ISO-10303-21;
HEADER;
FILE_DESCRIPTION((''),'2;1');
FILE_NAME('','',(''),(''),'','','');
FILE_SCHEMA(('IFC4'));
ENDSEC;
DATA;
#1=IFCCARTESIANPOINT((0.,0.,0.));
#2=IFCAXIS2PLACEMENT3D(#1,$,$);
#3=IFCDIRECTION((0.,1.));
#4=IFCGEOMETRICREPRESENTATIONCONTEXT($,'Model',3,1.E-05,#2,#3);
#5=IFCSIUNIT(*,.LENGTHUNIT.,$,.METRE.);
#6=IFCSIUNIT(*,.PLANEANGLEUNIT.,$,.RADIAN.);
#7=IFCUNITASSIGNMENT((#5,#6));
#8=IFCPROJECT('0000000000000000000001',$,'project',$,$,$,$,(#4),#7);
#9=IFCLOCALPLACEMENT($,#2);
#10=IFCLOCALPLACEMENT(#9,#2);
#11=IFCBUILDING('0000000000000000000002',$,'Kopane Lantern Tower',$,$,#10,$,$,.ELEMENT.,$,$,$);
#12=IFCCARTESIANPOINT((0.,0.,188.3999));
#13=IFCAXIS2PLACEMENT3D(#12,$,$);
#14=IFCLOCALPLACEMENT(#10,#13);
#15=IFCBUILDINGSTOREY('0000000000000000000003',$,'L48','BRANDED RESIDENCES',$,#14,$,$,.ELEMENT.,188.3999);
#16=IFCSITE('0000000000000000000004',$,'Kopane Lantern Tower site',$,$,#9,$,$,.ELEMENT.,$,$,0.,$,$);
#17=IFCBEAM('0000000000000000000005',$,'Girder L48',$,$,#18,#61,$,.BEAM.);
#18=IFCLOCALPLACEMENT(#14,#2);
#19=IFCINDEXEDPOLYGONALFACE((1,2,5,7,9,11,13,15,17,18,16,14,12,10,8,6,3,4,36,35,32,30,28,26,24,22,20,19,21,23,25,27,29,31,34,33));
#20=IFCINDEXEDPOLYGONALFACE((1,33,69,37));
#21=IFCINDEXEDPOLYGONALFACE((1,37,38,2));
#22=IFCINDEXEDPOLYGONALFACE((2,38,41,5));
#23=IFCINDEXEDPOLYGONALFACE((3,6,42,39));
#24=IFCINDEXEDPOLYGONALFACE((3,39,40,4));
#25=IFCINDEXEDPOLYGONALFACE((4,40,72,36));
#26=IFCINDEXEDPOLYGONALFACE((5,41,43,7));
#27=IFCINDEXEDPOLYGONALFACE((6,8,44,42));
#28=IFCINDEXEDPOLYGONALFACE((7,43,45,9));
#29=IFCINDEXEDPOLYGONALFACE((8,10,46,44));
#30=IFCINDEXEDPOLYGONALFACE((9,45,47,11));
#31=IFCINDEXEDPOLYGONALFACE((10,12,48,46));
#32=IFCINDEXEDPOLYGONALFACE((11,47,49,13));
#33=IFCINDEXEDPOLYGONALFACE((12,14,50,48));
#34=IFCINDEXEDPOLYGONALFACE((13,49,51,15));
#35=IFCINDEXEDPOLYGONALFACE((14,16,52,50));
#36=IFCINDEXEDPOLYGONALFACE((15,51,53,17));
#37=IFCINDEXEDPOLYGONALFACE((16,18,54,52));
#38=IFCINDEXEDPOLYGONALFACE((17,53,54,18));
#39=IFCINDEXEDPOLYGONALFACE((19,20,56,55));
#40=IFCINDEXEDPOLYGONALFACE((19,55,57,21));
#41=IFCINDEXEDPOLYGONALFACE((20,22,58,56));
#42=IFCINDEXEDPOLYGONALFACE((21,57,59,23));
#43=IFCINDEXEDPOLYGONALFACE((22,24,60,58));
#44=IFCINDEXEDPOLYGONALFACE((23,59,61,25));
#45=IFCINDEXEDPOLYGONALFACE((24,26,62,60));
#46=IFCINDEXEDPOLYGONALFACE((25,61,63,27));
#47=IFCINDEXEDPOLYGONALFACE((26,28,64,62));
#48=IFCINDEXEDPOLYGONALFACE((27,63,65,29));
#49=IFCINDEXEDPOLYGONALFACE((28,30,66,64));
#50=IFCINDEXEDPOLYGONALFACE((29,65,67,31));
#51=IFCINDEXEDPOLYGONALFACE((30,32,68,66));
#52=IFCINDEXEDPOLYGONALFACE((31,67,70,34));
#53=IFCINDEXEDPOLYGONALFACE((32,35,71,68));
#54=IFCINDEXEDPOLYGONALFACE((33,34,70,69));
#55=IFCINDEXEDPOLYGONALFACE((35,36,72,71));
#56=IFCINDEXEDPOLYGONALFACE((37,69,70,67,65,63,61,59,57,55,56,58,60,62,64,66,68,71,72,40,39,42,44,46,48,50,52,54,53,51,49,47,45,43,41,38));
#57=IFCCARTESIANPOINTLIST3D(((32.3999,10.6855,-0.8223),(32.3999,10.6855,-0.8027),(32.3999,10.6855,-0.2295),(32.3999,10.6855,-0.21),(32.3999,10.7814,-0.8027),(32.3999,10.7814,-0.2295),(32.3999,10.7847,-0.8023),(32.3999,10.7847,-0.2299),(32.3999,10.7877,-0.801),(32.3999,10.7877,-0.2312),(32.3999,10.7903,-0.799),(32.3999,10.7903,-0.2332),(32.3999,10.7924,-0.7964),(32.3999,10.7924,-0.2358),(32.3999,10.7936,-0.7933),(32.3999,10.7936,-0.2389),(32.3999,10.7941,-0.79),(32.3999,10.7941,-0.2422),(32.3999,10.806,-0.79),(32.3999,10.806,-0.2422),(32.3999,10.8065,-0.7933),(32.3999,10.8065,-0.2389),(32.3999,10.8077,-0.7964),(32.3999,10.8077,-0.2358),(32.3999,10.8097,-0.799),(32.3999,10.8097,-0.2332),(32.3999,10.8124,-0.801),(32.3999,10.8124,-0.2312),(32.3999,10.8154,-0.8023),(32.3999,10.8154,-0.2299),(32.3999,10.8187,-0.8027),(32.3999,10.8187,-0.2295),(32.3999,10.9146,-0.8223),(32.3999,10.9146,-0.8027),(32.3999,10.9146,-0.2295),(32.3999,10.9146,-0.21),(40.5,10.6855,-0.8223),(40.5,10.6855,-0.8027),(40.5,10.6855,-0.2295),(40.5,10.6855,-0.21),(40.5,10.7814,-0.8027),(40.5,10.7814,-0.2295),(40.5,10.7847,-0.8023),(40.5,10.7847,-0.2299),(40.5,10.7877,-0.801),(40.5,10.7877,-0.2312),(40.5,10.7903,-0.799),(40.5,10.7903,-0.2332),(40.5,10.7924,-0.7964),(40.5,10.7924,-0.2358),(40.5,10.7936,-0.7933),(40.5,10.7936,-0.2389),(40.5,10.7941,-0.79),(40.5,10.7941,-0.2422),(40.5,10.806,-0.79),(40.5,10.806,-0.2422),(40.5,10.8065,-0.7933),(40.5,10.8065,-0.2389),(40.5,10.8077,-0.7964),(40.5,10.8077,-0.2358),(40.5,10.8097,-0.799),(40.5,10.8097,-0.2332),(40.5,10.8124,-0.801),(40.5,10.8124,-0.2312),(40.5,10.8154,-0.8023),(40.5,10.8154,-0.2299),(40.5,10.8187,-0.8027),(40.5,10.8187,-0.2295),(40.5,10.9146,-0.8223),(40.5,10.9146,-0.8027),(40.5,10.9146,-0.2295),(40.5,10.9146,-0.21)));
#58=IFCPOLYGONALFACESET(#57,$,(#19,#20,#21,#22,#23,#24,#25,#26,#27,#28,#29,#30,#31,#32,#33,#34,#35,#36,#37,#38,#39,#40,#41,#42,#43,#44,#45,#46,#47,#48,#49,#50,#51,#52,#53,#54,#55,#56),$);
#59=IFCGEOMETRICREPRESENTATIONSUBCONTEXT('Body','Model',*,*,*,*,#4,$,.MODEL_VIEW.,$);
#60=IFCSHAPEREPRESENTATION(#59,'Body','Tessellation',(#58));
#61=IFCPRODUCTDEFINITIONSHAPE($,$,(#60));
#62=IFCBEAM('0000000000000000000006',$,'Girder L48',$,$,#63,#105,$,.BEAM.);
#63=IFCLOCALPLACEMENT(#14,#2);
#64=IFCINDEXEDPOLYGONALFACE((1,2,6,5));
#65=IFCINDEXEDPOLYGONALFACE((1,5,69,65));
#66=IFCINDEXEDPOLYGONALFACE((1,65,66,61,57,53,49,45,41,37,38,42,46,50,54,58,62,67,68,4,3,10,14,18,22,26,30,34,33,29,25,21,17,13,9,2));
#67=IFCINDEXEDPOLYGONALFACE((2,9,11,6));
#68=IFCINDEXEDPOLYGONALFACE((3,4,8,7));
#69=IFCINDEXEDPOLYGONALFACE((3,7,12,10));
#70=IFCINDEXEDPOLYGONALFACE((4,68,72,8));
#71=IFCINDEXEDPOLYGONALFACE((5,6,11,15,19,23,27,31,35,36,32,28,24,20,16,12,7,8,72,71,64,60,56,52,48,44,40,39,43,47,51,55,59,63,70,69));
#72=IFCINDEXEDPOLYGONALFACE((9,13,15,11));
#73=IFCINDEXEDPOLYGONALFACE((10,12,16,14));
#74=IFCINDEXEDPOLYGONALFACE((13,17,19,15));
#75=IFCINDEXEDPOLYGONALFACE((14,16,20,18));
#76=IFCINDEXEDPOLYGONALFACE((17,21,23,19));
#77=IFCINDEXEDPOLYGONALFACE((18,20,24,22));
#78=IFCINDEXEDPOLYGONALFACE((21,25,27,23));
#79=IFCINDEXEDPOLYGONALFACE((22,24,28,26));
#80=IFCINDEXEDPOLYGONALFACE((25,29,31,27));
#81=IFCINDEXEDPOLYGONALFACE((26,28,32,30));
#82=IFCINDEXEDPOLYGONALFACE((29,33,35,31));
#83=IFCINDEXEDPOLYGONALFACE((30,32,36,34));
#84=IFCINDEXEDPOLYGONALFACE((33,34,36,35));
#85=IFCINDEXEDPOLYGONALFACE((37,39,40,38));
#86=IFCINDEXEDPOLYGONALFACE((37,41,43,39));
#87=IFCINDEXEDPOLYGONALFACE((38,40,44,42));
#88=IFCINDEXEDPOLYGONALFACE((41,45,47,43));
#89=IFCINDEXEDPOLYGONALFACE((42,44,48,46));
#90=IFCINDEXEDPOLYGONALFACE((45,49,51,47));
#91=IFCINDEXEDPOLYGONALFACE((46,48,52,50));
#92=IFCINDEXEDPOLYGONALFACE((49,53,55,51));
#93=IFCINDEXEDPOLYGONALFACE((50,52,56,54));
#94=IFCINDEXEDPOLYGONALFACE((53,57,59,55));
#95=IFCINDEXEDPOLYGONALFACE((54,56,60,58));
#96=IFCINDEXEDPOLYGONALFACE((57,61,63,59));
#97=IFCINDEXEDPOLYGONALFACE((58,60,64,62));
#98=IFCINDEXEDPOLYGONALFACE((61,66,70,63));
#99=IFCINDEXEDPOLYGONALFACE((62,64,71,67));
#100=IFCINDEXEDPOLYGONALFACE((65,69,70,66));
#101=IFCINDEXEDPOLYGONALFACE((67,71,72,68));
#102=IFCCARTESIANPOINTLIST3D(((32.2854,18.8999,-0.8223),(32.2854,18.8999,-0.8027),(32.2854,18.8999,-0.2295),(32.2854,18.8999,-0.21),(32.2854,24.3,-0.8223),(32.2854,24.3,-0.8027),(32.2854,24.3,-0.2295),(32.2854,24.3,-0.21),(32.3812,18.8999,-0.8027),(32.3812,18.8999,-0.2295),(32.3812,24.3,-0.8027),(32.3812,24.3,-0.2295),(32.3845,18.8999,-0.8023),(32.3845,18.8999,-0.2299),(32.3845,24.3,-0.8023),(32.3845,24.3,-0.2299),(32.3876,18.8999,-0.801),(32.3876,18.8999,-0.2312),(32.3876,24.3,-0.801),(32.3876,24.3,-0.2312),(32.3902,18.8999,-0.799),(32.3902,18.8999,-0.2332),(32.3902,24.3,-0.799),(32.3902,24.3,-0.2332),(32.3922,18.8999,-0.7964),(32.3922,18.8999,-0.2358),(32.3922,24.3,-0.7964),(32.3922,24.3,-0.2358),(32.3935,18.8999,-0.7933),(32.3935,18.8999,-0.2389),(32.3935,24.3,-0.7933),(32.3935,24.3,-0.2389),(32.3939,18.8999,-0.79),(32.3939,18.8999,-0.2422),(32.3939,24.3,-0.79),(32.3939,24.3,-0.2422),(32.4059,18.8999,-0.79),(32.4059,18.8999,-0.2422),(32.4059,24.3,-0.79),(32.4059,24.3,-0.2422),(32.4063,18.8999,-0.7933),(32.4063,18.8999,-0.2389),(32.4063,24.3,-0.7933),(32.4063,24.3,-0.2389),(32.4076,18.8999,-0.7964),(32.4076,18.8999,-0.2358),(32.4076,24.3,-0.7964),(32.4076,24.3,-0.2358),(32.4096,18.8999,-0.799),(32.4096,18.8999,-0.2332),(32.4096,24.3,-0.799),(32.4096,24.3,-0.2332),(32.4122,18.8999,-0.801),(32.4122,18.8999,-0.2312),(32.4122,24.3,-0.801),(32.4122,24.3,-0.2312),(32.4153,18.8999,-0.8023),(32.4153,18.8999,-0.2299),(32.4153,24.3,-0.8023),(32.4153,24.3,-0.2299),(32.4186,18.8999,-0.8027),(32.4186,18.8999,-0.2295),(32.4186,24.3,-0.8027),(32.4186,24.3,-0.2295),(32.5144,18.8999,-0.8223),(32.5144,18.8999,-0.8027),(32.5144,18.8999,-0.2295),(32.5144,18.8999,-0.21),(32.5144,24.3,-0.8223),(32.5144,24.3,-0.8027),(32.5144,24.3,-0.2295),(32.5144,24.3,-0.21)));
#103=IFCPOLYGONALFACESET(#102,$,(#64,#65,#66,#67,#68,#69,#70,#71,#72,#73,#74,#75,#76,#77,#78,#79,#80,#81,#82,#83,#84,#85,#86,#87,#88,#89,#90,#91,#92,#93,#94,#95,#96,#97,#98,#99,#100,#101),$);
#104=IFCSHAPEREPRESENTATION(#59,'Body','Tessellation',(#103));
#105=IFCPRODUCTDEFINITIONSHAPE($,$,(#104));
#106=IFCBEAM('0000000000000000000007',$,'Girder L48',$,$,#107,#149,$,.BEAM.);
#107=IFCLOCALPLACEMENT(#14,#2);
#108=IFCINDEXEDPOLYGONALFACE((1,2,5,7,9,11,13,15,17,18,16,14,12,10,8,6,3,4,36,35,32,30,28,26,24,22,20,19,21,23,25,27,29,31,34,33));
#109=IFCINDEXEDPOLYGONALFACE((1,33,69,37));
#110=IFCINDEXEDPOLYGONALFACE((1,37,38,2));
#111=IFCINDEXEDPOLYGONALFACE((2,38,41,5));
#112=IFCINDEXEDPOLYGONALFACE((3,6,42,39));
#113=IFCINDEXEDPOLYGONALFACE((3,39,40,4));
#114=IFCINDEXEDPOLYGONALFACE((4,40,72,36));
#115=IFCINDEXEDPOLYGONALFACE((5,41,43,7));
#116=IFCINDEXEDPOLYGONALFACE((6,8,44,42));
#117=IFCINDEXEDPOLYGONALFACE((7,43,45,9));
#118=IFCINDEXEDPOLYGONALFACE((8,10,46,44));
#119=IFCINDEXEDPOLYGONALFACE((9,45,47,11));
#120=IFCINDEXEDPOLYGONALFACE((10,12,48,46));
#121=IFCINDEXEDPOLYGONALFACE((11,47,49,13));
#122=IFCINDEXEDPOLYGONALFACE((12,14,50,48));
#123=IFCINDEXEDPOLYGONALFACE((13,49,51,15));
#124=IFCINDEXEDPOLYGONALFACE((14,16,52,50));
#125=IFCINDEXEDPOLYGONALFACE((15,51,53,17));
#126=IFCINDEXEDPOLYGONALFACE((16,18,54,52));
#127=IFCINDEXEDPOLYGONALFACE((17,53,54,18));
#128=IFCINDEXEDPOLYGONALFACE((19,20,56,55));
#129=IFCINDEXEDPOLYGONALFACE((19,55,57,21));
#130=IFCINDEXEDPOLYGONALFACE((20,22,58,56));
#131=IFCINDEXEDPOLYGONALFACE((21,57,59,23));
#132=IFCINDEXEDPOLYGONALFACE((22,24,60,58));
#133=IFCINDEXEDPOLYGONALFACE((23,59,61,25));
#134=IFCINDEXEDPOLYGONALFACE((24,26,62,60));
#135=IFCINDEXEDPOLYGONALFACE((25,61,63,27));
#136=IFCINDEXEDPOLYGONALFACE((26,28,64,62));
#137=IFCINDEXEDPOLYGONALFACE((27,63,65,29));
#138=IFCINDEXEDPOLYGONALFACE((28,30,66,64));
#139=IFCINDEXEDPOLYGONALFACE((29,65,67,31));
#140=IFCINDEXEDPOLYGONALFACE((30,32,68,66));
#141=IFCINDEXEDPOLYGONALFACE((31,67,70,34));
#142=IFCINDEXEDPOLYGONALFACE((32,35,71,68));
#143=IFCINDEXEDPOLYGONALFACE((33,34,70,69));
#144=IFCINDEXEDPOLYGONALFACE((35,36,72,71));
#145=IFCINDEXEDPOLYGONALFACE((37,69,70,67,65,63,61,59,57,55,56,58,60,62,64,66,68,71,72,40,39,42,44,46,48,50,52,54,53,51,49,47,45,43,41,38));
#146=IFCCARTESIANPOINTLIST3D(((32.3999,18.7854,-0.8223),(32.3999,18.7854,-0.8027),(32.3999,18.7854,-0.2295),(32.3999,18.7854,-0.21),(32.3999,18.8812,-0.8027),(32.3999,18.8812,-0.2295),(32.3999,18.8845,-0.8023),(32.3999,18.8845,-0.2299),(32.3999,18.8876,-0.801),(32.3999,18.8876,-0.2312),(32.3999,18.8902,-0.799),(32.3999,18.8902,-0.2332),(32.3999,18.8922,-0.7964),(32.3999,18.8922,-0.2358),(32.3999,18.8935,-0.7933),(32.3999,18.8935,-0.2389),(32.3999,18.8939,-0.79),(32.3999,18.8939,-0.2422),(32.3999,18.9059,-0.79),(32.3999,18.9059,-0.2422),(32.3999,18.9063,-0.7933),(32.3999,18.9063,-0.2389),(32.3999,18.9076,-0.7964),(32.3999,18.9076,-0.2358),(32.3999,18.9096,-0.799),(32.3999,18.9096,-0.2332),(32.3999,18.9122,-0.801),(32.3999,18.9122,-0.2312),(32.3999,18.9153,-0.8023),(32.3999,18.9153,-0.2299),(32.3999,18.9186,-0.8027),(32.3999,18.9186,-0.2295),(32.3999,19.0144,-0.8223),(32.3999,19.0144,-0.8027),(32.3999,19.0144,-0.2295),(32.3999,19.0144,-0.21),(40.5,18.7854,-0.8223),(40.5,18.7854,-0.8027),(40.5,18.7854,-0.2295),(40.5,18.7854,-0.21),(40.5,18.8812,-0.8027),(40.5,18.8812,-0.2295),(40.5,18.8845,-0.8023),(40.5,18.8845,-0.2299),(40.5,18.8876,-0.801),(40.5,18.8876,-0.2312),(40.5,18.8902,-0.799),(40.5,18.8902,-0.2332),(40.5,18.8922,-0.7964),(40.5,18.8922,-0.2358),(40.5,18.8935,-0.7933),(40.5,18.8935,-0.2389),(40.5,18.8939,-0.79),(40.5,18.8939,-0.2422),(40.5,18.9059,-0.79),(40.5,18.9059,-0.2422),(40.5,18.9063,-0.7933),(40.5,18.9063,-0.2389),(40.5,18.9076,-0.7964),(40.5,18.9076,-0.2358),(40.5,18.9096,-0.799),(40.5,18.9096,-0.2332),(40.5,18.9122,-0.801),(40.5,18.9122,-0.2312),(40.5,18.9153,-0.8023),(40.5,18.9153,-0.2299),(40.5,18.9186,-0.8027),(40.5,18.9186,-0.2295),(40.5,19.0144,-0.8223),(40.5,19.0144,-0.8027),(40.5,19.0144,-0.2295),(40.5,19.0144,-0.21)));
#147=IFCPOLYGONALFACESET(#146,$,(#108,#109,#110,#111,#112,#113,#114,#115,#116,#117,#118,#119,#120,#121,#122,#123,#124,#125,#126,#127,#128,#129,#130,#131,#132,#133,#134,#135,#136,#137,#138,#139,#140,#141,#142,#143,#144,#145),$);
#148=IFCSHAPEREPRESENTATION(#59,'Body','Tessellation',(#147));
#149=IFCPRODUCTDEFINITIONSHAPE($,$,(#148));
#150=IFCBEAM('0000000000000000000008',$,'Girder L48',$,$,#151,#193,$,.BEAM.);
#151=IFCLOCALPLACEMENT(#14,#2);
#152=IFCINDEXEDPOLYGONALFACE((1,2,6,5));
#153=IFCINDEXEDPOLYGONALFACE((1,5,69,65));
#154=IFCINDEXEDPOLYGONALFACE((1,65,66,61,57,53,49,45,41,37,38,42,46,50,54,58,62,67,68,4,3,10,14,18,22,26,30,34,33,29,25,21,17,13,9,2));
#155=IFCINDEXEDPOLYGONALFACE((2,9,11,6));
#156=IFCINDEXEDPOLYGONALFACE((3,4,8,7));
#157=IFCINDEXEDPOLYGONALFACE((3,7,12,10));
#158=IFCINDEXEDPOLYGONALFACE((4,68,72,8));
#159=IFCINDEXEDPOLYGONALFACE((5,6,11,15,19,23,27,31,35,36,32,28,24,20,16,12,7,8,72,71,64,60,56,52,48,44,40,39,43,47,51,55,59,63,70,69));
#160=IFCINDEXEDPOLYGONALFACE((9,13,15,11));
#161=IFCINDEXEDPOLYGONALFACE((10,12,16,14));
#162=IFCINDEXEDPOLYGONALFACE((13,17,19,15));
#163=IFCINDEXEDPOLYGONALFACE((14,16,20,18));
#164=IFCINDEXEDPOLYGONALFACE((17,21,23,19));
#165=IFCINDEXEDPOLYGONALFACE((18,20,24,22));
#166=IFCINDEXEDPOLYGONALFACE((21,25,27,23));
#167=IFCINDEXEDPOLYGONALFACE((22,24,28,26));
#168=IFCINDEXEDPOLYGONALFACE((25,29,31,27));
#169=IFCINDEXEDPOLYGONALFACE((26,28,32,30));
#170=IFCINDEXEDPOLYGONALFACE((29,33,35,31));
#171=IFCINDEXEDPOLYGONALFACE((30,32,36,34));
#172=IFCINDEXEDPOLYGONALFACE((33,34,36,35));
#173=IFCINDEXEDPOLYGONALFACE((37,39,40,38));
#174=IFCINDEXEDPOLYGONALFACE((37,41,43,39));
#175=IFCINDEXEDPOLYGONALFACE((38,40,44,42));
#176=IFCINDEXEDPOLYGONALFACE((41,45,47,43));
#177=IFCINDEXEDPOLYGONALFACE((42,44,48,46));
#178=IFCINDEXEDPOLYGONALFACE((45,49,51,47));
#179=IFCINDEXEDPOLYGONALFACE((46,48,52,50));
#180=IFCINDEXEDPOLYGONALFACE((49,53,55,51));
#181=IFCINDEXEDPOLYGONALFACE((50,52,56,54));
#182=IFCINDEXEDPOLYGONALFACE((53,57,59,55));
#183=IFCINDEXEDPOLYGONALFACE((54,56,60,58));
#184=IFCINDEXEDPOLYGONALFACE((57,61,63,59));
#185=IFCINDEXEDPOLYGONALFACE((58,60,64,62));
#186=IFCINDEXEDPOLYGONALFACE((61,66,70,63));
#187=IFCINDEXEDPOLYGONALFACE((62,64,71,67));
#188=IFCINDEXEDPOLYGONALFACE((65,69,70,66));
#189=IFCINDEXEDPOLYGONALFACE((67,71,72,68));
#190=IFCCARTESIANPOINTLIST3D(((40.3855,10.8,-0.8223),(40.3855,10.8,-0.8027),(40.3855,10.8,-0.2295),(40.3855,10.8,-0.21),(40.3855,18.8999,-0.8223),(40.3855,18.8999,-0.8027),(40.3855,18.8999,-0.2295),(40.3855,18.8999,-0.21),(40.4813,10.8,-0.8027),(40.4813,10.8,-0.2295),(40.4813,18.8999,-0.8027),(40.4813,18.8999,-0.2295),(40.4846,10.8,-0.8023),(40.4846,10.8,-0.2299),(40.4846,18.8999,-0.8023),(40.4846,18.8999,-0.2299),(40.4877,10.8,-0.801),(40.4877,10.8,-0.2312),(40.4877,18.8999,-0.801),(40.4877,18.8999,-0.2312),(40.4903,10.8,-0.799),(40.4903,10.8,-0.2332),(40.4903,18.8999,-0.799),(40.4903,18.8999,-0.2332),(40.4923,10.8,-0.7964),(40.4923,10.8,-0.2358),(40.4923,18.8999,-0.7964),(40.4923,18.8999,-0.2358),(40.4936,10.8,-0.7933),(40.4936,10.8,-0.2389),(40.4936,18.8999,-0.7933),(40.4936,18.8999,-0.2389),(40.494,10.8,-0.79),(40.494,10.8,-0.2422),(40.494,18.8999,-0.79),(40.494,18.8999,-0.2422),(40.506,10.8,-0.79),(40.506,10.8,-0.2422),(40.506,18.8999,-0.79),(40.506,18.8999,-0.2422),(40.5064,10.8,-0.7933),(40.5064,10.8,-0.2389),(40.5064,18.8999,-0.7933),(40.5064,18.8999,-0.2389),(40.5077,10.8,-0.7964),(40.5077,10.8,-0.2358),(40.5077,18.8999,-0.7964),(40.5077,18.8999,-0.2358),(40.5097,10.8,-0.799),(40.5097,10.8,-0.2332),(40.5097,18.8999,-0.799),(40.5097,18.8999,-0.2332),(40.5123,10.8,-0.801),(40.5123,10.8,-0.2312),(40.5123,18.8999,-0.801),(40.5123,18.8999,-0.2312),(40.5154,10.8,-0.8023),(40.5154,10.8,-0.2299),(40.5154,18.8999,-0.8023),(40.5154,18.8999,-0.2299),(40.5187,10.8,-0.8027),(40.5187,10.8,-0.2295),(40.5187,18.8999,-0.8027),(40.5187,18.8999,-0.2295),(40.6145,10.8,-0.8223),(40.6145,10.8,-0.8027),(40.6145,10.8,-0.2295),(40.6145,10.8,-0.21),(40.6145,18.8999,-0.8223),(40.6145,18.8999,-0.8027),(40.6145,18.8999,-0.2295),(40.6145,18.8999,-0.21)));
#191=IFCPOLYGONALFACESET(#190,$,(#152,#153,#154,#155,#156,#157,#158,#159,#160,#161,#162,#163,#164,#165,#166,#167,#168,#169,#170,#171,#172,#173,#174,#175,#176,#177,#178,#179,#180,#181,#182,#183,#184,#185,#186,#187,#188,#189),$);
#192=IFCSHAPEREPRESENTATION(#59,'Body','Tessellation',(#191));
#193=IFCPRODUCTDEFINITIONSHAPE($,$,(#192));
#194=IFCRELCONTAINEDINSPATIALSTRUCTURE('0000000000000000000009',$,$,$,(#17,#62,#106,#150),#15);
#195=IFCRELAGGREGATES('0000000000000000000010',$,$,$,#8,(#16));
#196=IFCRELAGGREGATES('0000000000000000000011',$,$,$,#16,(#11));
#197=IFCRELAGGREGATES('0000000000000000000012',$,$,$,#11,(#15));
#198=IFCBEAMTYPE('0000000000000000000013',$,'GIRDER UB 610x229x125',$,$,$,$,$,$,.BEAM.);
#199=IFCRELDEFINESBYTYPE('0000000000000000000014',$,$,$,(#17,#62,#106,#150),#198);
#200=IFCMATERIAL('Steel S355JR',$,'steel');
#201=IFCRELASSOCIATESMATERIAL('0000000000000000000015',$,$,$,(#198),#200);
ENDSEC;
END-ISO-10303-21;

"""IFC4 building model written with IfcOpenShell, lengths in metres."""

from ifc_helpers import new_model, si_unit, direction, frame, origin, origin_2d, place, context, subcontext, project, spatial, i_section, extrude, material, material_profile, profile_set, type_object, element, save


model = new_model("IFC4")

# Units and contexts
model_context = context("Model", 3, precision=1e-05, world=origin(), true_north=direction((0.0, 1.0)))
body_context = subcontext(model_context, "Body", "Model", "MODEL_VIEW")
ifc_project = project(units=[si_unit("LENGTHUNIT", "METRE"), si_unit("PLANEANGLEUNIT", "RADIAN")], contexts=[model_context])

# Site, building, storey
site_placement = place(None, origin())
site = spatial("IfcSite", under=ifc_project, at=site_placement, Name="Kopane Lantern Tower site", CompositionType="ELEMENT", RefElevation=0.0)
building_placement = place(site_placement, origin())
building = spatial("IfcBuilding", under=site, at=building_placement, Name="Kopane Lantern Tower", CompositionType="ELEMENT")
storey_placement = place(building_placement, frame((0.0, 0.0, 188.3999)))
storey = spatial("IfcBuildingStorey", under=building, at=storey_placement, Name="L48", Description="BRANDED RESIDENCES", CompositionType="ELEMENT", Elevation=188.3999)

# Beams
ifc_material_1 = material(Name="Steel S355JR", Category="steel")
ifc_material_profile_1 = material_profile(ifc_material_1, i_section(OverallWidth=0.229, OverallDepth=0.6123, WebThickness=0.012, FlangeThickness=0.0195, FilletRadius=0.0127, at=origin_2d()), Name="UB 610x229x125")
ifc_profile_set_1 = profile_set([ifc_material_profile_1], Name="Steel S355JR")
beam_type = type_object("IfcBeamType", Name="GIRDER UB 610x229x125", PredefinedType="BEAM", material=ifc_profile_set_1)
beam_1_placement = place(storey_placement, frame((32.3999, 10.8, -0.5161), z_axis=(1.0, 0.0, 0.0), x_axis=(0.0, 1.0, 0.0)))
element("IfcBeam", 1, at=beam_1_placement, inside=storey, type_object=beam_type, Name="Girder L48", PredefinedType="BEAM", context=body_context, shape_type="SweptSolid", body=[
    extrude(i_section(OverallWidth=0.229, OverallDepth=0.6123, WebThickness=0.012, FlangeThickness=0.0195, FilletRadius=0.0127, at=origin_2d()), origin(), (0.0, 0.0, 1.0), 8.1001),
])
beam_2_placement = place(storey_placement, frame((32.3999, 18.8999, -0.5161), z_axis=(0.0, 1.0, 0.0), x_axis=(-1.0, 0.0, 0.0)))
element("IfcBeam", 2, at=beam_2_placement, inside=storey, type_object=beam_type, Name="Girder L48", PredefinedType="BEAM", context=body_context, shape_type="SweptSolid", body=[
    extrude(i_section(OverallWidth=0.229, OverallDepth=0.6123, WebThickness=0.012, FlangeThickness=0.0195, FilletRadius=0.0127, at=origin_2d()), origin(), (0.0, 0.0, 1.0), 5.4001),
])
beam_3_placement = place(storey_placement, frame((32.3999, 18.8999, -0.5161), z_axis=(1.0, 0.0, 0.0), x_axis=(0.0, 1.0, 0.0)))
element("IfcBeam", 3, at=beam_3_placement, inside=storey, type_object=beam_type, Name="Girder L48", PredefinedType="BEAM", context=body_context, shape_type="SweptSolid", body=[
    extrude(i_section(OverallWidth=0.229, OverallDepth=0.6123, WebThickness=0.012, FlangeThickness=0.0195, FilletRadius=0.0127, at=origin_2d()), origin(), (0.0, 0.0, 1.0), 8.1001),
])
beam_4_placement = place(storey_placement, frame((40.5, 10.8, -0.5161), z_axis=(0.0, 1.0, 0.0), x_axis=(-1.0, 0.0, 0.0)))
element("IfcBeam", 4, at=beam_4_placement, inside=storey, type_object=beam_type, Name="Girder L48", PredefinedType="BEAM", context=body_context, shape_type="SweptSolid", body=[
    extrude(i_section(OverallWidth=0.229, OverallDepth=0.6123, WebThickness=0.012, FlangeThickness=0.0195, FilletRadius=0.0127, at=origin_2d()), origin(), (0.0, 0.0, 1.0), 8.0999),
])

save(model, "model.ifc")
